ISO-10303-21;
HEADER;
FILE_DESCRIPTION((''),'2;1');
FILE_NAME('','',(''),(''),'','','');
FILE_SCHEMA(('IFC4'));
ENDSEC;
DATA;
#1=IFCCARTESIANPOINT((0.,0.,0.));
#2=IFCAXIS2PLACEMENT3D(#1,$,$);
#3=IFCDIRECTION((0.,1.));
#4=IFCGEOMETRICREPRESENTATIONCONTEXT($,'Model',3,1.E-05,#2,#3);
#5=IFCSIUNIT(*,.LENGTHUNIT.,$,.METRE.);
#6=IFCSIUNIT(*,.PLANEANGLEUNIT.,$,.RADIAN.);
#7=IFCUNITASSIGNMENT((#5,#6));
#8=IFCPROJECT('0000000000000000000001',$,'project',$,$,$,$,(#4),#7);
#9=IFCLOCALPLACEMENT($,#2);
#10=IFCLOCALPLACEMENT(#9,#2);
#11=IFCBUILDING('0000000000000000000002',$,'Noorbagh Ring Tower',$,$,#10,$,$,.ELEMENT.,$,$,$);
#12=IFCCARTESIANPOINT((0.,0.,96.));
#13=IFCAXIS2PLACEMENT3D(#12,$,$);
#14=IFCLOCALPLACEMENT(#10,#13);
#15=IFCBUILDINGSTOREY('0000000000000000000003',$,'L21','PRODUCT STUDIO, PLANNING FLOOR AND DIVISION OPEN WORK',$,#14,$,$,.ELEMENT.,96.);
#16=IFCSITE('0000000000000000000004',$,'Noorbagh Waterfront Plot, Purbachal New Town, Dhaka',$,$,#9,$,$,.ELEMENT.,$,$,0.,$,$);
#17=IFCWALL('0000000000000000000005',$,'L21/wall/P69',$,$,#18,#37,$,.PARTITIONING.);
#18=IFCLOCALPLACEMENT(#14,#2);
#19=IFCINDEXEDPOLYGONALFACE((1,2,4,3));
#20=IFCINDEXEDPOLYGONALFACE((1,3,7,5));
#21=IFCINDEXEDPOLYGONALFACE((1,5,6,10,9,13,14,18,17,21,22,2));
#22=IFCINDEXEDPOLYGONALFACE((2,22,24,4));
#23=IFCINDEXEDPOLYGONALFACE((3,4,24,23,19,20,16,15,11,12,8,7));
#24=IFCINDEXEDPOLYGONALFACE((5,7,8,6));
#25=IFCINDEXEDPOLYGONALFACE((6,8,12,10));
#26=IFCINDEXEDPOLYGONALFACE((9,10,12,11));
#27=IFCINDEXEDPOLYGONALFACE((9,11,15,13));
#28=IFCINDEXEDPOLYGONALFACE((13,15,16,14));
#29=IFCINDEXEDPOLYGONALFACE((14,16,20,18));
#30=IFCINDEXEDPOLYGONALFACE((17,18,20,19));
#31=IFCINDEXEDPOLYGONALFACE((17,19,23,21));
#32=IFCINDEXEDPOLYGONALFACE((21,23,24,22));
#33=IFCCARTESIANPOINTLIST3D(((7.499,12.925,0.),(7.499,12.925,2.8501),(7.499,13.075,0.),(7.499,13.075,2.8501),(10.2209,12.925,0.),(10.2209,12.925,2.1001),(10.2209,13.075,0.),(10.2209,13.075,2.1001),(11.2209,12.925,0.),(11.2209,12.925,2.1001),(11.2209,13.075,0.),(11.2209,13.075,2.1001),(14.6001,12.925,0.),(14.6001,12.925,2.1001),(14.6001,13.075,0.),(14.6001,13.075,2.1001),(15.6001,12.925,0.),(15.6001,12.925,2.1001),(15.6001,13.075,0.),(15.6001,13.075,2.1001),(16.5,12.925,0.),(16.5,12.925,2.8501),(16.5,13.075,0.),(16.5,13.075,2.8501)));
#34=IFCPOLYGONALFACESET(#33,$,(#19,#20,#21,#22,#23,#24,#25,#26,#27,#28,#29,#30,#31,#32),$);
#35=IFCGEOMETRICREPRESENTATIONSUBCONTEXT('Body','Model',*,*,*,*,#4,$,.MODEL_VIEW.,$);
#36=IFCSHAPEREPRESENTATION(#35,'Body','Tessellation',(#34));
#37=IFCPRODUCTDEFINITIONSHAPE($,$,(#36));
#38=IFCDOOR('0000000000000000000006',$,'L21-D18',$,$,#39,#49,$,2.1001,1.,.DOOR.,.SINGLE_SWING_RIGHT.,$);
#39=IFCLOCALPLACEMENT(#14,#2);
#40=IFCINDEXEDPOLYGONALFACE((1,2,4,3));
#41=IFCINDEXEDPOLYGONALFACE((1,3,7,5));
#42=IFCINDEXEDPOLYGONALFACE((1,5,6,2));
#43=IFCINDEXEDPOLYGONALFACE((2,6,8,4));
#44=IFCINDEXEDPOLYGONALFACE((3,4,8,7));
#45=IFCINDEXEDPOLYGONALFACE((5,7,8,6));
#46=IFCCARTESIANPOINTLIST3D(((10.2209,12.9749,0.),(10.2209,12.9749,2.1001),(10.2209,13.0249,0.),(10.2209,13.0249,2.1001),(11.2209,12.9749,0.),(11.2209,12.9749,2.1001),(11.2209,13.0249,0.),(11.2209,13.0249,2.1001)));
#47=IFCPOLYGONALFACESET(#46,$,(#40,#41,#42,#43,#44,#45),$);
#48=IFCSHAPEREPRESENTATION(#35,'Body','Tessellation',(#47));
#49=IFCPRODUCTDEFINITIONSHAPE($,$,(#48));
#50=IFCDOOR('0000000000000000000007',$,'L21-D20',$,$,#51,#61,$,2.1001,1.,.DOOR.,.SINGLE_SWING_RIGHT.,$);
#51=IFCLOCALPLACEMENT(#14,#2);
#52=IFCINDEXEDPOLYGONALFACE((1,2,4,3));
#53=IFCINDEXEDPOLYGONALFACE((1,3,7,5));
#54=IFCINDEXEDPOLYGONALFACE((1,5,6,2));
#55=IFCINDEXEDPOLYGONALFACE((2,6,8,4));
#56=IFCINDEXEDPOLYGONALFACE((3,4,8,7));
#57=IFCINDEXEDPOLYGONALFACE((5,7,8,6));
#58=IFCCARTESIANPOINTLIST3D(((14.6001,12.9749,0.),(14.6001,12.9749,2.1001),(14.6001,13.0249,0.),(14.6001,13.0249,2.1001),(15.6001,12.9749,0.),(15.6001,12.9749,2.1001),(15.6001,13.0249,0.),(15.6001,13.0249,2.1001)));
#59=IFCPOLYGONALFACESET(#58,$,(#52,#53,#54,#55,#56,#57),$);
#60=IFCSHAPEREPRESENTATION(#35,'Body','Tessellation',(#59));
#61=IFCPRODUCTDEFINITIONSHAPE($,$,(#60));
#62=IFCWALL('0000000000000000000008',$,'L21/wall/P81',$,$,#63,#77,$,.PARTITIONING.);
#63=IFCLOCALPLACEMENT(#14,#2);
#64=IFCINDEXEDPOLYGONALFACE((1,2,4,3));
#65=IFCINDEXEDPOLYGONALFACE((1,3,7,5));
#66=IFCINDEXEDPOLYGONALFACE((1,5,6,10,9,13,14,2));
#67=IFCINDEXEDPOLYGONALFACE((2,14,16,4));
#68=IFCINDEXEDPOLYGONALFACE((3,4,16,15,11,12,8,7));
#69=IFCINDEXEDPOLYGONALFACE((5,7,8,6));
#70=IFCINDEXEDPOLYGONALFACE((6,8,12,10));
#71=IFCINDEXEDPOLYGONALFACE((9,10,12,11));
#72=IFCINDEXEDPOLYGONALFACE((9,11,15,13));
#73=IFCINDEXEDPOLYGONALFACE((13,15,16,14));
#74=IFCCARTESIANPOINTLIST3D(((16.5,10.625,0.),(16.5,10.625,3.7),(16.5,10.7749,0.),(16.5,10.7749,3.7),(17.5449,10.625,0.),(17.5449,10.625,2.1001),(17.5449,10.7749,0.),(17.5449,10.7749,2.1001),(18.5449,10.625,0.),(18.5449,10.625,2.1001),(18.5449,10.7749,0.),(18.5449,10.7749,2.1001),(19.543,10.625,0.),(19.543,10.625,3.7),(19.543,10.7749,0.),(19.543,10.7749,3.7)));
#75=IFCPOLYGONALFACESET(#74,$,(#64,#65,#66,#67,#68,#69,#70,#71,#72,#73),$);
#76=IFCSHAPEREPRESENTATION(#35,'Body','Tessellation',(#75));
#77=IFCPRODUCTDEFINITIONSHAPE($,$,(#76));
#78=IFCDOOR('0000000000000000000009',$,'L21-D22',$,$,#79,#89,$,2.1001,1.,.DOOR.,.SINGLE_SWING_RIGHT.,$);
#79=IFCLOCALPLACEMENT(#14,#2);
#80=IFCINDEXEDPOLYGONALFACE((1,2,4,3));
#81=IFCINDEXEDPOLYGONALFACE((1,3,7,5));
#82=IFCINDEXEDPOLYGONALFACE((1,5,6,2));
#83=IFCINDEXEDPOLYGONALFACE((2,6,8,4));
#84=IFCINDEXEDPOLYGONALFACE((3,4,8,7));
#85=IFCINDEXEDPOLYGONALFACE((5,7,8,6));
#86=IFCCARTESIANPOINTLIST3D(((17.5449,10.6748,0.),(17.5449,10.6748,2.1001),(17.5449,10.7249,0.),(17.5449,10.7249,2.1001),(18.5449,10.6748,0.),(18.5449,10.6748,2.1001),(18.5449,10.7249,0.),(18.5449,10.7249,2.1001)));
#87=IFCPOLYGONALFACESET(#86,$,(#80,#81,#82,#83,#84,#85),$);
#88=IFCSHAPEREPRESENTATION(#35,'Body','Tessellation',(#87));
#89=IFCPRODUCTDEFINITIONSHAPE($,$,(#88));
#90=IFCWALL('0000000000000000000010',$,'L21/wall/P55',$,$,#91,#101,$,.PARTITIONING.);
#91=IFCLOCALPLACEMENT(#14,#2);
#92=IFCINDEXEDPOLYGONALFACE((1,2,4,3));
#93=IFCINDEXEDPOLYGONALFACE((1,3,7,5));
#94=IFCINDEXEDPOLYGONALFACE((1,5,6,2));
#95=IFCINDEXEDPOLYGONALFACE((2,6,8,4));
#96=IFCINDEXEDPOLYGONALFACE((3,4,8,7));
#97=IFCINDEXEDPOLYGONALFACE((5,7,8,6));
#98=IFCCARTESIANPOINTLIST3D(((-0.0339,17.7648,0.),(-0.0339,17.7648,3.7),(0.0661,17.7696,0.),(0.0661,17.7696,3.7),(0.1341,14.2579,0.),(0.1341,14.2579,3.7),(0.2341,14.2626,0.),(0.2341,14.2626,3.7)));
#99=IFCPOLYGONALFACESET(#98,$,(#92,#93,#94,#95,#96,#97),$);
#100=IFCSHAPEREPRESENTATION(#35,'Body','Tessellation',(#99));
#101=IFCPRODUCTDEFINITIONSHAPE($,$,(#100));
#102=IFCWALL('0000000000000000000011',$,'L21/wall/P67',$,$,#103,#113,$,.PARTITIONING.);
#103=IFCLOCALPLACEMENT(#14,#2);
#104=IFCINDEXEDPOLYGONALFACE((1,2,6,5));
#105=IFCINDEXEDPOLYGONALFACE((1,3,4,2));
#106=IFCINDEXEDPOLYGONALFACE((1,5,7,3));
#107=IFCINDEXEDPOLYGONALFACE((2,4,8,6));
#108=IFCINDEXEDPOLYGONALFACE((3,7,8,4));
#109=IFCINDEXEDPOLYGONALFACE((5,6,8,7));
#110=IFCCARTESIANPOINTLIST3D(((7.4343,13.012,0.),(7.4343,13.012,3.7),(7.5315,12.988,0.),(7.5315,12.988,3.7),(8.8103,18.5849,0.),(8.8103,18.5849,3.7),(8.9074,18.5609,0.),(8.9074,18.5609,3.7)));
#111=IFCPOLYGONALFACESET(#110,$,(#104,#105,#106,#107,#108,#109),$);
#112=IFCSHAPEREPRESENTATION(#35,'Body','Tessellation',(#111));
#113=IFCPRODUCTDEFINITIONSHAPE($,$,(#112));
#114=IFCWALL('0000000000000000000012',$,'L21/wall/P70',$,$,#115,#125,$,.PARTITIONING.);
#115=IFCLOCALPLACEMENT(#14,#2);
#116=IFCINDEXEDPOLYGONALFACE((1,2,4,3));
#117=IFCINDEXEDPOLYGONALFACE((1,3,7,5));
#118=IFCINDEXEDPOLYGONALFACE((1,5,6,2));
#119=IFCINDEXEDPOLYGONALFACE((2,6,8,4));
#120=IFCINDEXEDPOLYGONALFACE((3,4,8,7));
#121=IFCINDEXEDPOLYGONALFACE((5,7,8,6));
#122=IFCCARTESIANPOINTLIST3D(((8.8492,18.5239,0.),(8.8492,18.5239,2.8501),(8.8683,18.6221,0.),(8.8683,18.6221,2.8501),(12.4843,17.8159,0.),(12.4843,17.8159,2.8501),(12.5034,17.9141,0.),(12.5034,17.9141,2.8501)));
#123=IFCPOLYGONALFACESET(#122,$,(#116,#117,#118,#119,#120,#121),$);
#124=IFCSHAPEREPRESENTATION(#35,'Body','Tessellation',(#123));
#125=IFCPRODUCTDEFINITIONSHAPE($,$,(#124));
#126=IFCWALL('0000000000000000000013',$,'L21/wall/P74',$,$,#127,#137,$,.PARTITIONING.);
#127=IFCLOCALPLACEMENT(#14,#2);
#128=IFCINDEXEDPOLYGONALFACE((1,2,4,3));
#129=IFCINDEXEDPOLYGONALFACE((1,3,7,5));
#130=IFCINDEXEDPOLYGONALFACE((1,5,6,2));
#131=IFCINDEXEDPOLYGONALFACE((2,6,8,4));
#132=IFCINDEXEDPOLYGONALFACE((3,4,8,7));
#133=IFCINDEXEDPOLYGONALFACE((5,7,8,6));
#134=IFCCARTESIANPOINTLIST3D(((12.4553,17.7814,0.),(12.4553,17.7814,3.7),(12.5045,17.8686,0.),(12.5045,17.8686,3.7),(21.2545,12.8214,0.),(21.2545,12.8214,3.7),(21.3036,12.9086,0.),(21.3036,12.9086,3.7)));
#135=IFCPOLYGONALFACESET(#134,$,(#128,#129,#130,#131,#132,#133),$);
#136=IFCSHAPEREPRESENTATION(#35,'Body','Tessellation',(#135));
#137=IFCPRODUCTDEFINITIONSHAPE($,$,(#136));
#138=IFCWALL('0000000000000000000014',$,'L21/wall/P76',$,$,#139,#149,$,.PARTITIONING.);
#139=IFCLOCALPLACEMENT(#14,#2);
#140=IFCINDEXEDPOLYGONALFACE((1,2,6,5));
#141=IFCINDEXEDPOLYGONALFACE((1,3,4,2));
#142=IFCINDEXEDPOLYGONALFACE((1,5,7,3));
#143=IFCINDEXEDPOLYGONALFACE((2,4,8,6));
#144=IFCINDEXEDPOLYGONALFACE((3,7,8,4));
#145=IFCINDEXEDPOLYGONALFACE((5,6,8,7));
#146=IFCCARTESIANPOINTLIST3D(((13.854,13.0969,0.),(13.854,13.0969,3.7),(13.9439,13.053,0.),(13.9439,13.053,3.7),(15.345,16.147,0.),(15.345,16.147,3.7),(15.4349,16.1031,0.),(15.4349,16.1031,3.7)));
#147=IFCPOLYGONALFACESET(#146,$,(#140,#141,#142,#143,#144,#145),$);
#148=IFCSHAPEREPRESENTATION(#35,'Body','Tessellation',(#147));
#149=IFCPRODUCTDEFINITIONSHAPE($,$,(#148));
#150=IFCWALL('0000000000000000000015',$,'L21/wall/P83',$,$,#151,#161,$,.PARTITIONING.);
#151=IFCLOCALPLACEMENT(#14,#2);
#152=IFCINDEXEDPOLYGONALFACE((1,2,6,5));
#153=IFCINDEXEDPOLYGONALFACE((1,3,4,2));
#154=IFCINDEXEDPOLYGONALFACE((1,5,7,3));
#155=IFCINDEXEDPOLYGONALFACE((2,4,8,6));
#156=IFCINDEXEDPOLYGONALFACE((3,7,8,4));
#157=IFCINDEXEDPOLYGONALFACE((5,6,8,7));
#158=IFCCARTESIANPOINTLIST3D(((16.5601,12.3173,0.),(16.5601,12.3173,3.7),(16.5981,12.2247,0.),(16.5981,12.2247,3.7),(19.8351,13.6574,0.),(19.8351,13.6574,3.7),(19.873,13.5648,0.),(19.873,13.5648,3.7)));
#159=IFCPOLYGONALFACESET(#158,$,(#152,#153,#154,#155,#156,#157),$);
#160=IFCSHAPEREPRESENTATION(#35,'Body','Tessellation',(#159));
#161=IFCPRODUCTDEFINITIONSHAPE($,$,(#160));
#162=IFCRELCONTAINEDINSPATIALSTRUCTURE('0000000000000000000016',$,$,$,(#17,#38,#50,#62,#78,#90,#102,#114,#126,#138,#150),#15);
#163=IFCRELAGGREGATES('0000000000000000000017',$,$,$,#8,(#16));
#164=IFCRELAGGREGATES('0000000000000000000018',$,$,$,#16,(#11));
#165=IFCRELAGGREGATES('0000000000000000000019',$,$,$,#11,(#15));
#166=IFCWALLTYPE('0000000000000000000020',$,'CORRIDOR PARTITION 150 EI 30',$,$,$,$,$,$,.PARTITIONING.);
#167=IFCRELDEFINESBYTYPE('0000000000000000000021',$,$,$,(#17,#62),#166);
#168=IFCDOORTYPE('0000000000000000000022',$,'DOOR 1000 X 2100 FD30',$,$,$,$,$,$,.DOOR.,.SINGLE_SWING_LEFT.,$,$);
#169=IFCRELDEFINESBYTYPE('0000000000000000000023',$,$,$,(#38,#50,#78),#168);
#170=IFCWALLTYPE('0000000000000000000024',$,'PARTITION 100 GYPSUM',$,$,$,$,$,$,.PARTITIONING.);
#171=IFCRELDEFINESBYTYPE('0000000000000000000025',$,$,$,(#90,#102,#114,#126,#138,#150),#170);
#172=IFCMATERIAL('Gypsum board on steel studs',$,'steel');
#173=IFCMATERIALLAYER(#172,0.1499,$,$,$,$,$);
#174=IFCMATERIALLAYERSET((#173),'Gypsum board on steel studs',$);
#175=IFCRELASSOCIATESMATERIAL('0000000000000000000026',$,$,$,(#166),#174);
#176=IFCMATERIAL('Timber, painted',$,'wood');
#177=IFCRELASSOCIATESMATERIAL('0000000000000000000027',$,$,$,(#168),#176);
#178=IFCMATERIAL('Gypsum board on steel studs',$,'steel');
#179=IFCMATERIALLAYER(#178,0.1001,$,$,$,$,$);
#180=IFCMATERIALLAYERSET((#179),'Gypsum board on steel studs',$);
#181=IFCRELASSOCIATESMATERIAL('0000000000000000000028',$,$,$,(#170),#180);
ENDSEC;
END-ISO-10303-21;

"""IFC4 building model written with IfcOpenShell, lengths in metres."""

from ifc_helpers import new_model, si_unit, direction, frame, frame_2d, origin, place, context, subcontext, project, spatial, rectangle, extrude, material, layer, layer_set, type_object, element, fill, save


model = new_model("IFC4")

# Units and contexts
model_context = context("Model", 3, precision=1e-05, world=origin(), true_north=direction((0.0, 1.0)))
body_context = subcontext(model_context, "Body", "Model", "MODEL_VIEW")
ifc_project = project(units=[si_unit("LENGTHUNIT", "METRE"), si_unit("PLANEANGLEUNIT", "RADIAN")], contexts=[model_context])

# Site, building, storey
site_placement = place(None, origin())
site = spatial("IfcSite", under=ifc_project, at=site_placement, Name="Noorbagh Waterfront Plot, Purbachal New Town, Dhaka", CompositionType="ELEMENT", RefElevation=0.0)
building_placement = place(site_placement, origin())
building = spatial("IfcBuilding", under=site, at=building_placement, Name="Noorbagh Ring Tower", CompositionType="ELEMENT")
storey_placement = place(building_placement, frame((0.0, 0.0, 96.0)))
storey = spatial("IfcBuildingStorey", under=building, at=storey_placement, Name="L21", Description="PRODUCT STUDIO, PLANNING FLOOR AND DIVISION OPEN WORK", CompositionType="ELEMENT", Elevation=96.0)

# Shared definitions
ifc_material_1 = material(Name="Gypsum board on steel studs", Category="steel")
ifc_layer_1 = layer(ifc_material_1, 0.1499)
ifc_layer_set_1 = layer_set([ifc_layer_1], Name="Gypsum board on steel studs")
wall_type_1 = type_object("IfcWallType", Name="CORRIDOR PARTITION 150 EI 30", PredefinedType="PARTITIONING", material=ifc_layer_set_1)

# Shared definitions
ifc_material_2 = material(Name="Timber, painted", Category="wood")
door_type = type_object("IfcDoorType", Name="DOOR 1000 X 2100 FD30", OperationType="SINGLE_SWING_LEFT", PredefinedType="DOOR", material=ifc_material_2)

# Wall, openings, doors
wall_1_placement = place(storey_placement, frame((7.499, 13.0, 0.0), z_axis=(0.0, 0.0, 1.0), x_axis=(1.0, 0.0, 0.0)))
wall_1 = element("IfcWall", 1, at=wall_1_placement, inside=storey, type_object=wall_type_1, Name="L21/wall/P69", PredefinedType="PARTITIONING", context=body_context, shape_type="SweptSolid", body=[
    extrude(rectangle(XDim=9.001, YDim=0.1499, at=frame_2d((4.5005, 0.0))), origin(), (0.0, 0.0, 1.0), 2.8501),
])
opening_1_placement = place(wall_1_placement, frame((2.7219, 0.0, 0.0)))
opening_1 = element("IfcOpeningElement", 2, at=opening_1_placement, cuts=wall_1, PredefinedType="OPENING", context=body_context, shape_type="SweptSolid", body=[
    extrude(rectangle(XDim=1.0, YDim=2.1001, at=frame_2d((0.5, 1.05))), frame((0.0, 0.085, 0.0), z_axis=(0.0, -1.0, 0.0), x_axis=(1.0, 0.0, 0.0)), (0.0, 0.0, 1.0), 0.1699),
])
opening_2_placement = place(wall_1_placement, frame((7.1011, 0.0, 0.0)))
opening_2 = element("IfcOpeningElement", 3, at=opening_2_placement, cuts=wall_1, PredefinedType="OPENING", context=body_context, shape_type="SweptSolid", body=[
    extrude(rectangle(XDim=1.0, YDim=2.1001, at=frame_2d((0.5, 1.05))), frame((0.0, 0.085, 0.0), z_axis=(0.0, -1.0, 0.0), x_axis=(1.0, 0.0, 0.0)), (0.0, 0.0, 1.0), 0.1699),
])
door_1_placement = place(opening_1_placement, origin())
door_1 = element("IfcDoor", 4, at=door_1_placement, inside=storey, type_object=door_type, Name="L21-D18", OperationType="SINGLE_SWING_RIGHT", OverallHeight=2.1001, OverallWidth=1.0, PredefinedType="DOOR", context=body_context, shape_type="SweptSolid", body=[
    extrude(rectangle(XDim=1.0, YDim=2.1001, at=frame_2d((0.5, 1.05))), frame((0.0, 0.0249, 0.0), z_axis=(0.0, -1.0, 0.0), x_axis=(1.0, 0.0, 0.0)), (0.0, 0.0, 1.0), 0.05),
])
fill(opening_1, door_1)
door_2_placement = place(opening_2_placement, origin())
door_2 = element("IfcDoor", 5, at=door_2_placement, inside=storey, type_object=door_type, Name="L21-D20", OperationType="SINGLE_SWING_RIGHT", OverallHeight=2.1001, OverallWidth=1.0, PredefinedType="DOOR", context=body_context, shape_type="SweptSolid", body=[
    extrude(rectangle(XDim=1.0, YDim=2.1001, at=frame_2d((0.5, 1.05))), frame((0.0, 0.0249, 0.0), z_axis=(0.0, -1.0, 0.0), x_axis=(1.0, 0.0, 0.0)), (0.0, 0.0, 1.0), 0.05),
])
fill(opening_2, door_2)

# Wall, opening, door
wall_2_placement = place(storey_placement, frame((16.5, 10.7, 0.0), z_axis=(0.0, 0.0, 1.0), x_axis=(1.0, 0.0, 0.0)))
wall_2 = element("IfcWall", 6, at=wall_2_placement, inside=storey, type_object=wall_type_1, Name="L21/wall/P81", PredefinedType="PARTITIONING", context=body_context, shape_type="SweptSolid", body=[
    extrude(rectangle(XDim=3.043, YDim=0.1499, at=frame_2d((1.5215, 0.0))), origin(), (0.0, 0.0, 1.0), 3.7),
])
opening_3_placement = place(wall_2_placement, frame((1.0449, 0.0, 0.0)))
opening_3 = element("IfcOpeningElement", 7, at=opening_3_placement, cuts=wall_2, PredefinedType="OPENING", context=body_context, shape_type="SweptSolid", body=[
    extrude(rectangle(XDim=1.0, YDim=2.1001, at=frame_2d((0.5, 1.05))), frame((0.0, 0.085, 0.0), z_axis=(0.0, -1.0, 0.0), x_axis=(1.0, 0.0, 0.0)), (0.0, 0.0, 1.0), 0.1699),
])
door_3_placement = place(opening_3_placement, origin())
door_3 = element("IfcDoor", 8, at=door_3_placement, inside=storey, type_object=door_type, Name="L21-D22", OperationType="SINGLE_SWING_RIGHT", OverallHeight=2.1001, OverallWidth=1.0, PredefinedType="DOOR", context=body_context, shape_type="SweptSolid", body=[
    extrude(rectangle(XDim=1.0, YDim=2.1001, at=frame_2d((0.5, 1.05))), frame((0.0, 0.0249, 0.0), z_axis=(0.0, -1.0, 0.0), x_axis=(1.0, 0.0, 0.0)), (0.0, 0.0, 1.0), 0.05),
])
fill(opening_3, door_3)

# Walls
ifc_material_3 = material(Name="Gypsum board on steel studs", Category="steel")
ifc_layer_2 = layer(ifc_material_3, 0.1001)
ifc_layer_set_2 = layer_set([ifc_layer_2], Name="Gypsum board on steel studs")
wall_type_2 = type_object("IfcWallType", Name="PARTITION 100 GYPSUM", PredefinedType="PARTITIONING", material=ifc_layer_set_2)
wall_3_placement = place(storey_placement, frame((0.0161, 17.7671, 0.0), z_axis=(0.0, 0.0, 1.0), x_axis=(0.047839, -0.998855, 0.0)))
element("IfcWall", 9, at=wall_3_placement, inside=storey, type_object=wall_type_2, Name="L21/wall/P55", PredefinedType="PARTITIONING", context=body_context, shape_type="SweptSolid", body=[
    extrude(rectangle(XDim=3.511, YDim=0.1001, at=frame_2d((1.7554, 0.0))), origin(), (0.0, 0.0, 1.0), 3.7),
])
wall_4_placement = place(storey_placement, frame((7.4829, 13.0, 0.0), z_axis=(0.0, 0.0, 1.0), x_axis=(0.239703, 0.970846, 0.0)))
element("IfcWall", 10, at=wall_4_placement, inside=storey, type_object=wall_type_2, Name="L21/wall/P67", PredefinedType="PARTITIONING", context=body_context, shape_type="SweptSolid", body=[
    extrude(rectangle(XDim=5.7402, YDim=0.1001, at=frame_2d((2.8701, 0.0))), origin(), (0.0, 0.0, 1.0), 3.7),
])
wall_5_placement = place(storey_placement, frame((8.8589, 18.573, 0.0), z_axis=(0.0, 0.0, 1.0), x_axis=(0.981555, -0.191182, 0.0)))
element("IfcWall", 11, at=wall_5_placement, inside=storey, type_object=wall_type_2, Name="L21/wall/P70", PredefinedType="PARTITIONING", context=body_context, shape_type="SweptSolid", body=[
    extrude(rectangle(XDim=3.7034, YDim=0.1001, at=frame_2d((1.8516, 0.0))), origin(), (0.0, 0.0, 1.0), 2.8501),
])
wall_6_placement = place(storey_placement, frame((12.48, 17.825, 0.0), z_axis=(0.0, 0.0, 1.0), x_axis=(0.871132, -0.491049, 0.0)))
element("IfcWall", 12, at=wall_6_placement, inside=storey, type_object=wall_type_2, Name="L21/wall/P74", PredefinedType="PARTITIONING", context=body_context, shape_type="SweptSolid", body=[
    extrude(rectangle(XDim=10.1008, YDim=0.1001, at=frame_2d((5.0503, 0.0))), origin(), (0.0, 0.0, 1.0), 3.7),
])
wall_7_placement = place(storey_placement, frame((13.8989, 13.075, 0.0), z_axis=(0.0, 0.0, 1.0), x_axis=(0.43917, 0.898404, 0.0)))
element("IfcWall", 13, at=wall_7_placement, inside=storey, type_object=wall_type_2, Name="L21/wall/P76", PredefinedType="PARTITIONING", context=body_context, shape_type="SweptSolid", body=[
    extrude(rectangle(XDim=3.395, YDim=0.1001, at=frame_2d((1.6975, 0.0))), origin(), (0.0, 0.0, 1.0), 3.7),
])
wall_8_placement = place(storey_placement, frame((16.5791, 12.271, 0.0), z_axis=(0.0, 0.0, 1.0), x_axis=(0.925512, 0.378719, 0.0)))
element("IfcWall", 14, at=wall_8_placement, inside=storey, type_object=wall_type_2, Name="L21/wall/P83", PredefinedType="PARTITIONING", context=body_context, shape_type="SweptSolid", body=[
    extrude(rectangle(XDim=3.5386, YDim=0.1001, at=frame_2d((1.7693, 0.0))), origin(), (0.0, 0.0, 1.0), 3.7),
])

save(model, "model.ifc")
